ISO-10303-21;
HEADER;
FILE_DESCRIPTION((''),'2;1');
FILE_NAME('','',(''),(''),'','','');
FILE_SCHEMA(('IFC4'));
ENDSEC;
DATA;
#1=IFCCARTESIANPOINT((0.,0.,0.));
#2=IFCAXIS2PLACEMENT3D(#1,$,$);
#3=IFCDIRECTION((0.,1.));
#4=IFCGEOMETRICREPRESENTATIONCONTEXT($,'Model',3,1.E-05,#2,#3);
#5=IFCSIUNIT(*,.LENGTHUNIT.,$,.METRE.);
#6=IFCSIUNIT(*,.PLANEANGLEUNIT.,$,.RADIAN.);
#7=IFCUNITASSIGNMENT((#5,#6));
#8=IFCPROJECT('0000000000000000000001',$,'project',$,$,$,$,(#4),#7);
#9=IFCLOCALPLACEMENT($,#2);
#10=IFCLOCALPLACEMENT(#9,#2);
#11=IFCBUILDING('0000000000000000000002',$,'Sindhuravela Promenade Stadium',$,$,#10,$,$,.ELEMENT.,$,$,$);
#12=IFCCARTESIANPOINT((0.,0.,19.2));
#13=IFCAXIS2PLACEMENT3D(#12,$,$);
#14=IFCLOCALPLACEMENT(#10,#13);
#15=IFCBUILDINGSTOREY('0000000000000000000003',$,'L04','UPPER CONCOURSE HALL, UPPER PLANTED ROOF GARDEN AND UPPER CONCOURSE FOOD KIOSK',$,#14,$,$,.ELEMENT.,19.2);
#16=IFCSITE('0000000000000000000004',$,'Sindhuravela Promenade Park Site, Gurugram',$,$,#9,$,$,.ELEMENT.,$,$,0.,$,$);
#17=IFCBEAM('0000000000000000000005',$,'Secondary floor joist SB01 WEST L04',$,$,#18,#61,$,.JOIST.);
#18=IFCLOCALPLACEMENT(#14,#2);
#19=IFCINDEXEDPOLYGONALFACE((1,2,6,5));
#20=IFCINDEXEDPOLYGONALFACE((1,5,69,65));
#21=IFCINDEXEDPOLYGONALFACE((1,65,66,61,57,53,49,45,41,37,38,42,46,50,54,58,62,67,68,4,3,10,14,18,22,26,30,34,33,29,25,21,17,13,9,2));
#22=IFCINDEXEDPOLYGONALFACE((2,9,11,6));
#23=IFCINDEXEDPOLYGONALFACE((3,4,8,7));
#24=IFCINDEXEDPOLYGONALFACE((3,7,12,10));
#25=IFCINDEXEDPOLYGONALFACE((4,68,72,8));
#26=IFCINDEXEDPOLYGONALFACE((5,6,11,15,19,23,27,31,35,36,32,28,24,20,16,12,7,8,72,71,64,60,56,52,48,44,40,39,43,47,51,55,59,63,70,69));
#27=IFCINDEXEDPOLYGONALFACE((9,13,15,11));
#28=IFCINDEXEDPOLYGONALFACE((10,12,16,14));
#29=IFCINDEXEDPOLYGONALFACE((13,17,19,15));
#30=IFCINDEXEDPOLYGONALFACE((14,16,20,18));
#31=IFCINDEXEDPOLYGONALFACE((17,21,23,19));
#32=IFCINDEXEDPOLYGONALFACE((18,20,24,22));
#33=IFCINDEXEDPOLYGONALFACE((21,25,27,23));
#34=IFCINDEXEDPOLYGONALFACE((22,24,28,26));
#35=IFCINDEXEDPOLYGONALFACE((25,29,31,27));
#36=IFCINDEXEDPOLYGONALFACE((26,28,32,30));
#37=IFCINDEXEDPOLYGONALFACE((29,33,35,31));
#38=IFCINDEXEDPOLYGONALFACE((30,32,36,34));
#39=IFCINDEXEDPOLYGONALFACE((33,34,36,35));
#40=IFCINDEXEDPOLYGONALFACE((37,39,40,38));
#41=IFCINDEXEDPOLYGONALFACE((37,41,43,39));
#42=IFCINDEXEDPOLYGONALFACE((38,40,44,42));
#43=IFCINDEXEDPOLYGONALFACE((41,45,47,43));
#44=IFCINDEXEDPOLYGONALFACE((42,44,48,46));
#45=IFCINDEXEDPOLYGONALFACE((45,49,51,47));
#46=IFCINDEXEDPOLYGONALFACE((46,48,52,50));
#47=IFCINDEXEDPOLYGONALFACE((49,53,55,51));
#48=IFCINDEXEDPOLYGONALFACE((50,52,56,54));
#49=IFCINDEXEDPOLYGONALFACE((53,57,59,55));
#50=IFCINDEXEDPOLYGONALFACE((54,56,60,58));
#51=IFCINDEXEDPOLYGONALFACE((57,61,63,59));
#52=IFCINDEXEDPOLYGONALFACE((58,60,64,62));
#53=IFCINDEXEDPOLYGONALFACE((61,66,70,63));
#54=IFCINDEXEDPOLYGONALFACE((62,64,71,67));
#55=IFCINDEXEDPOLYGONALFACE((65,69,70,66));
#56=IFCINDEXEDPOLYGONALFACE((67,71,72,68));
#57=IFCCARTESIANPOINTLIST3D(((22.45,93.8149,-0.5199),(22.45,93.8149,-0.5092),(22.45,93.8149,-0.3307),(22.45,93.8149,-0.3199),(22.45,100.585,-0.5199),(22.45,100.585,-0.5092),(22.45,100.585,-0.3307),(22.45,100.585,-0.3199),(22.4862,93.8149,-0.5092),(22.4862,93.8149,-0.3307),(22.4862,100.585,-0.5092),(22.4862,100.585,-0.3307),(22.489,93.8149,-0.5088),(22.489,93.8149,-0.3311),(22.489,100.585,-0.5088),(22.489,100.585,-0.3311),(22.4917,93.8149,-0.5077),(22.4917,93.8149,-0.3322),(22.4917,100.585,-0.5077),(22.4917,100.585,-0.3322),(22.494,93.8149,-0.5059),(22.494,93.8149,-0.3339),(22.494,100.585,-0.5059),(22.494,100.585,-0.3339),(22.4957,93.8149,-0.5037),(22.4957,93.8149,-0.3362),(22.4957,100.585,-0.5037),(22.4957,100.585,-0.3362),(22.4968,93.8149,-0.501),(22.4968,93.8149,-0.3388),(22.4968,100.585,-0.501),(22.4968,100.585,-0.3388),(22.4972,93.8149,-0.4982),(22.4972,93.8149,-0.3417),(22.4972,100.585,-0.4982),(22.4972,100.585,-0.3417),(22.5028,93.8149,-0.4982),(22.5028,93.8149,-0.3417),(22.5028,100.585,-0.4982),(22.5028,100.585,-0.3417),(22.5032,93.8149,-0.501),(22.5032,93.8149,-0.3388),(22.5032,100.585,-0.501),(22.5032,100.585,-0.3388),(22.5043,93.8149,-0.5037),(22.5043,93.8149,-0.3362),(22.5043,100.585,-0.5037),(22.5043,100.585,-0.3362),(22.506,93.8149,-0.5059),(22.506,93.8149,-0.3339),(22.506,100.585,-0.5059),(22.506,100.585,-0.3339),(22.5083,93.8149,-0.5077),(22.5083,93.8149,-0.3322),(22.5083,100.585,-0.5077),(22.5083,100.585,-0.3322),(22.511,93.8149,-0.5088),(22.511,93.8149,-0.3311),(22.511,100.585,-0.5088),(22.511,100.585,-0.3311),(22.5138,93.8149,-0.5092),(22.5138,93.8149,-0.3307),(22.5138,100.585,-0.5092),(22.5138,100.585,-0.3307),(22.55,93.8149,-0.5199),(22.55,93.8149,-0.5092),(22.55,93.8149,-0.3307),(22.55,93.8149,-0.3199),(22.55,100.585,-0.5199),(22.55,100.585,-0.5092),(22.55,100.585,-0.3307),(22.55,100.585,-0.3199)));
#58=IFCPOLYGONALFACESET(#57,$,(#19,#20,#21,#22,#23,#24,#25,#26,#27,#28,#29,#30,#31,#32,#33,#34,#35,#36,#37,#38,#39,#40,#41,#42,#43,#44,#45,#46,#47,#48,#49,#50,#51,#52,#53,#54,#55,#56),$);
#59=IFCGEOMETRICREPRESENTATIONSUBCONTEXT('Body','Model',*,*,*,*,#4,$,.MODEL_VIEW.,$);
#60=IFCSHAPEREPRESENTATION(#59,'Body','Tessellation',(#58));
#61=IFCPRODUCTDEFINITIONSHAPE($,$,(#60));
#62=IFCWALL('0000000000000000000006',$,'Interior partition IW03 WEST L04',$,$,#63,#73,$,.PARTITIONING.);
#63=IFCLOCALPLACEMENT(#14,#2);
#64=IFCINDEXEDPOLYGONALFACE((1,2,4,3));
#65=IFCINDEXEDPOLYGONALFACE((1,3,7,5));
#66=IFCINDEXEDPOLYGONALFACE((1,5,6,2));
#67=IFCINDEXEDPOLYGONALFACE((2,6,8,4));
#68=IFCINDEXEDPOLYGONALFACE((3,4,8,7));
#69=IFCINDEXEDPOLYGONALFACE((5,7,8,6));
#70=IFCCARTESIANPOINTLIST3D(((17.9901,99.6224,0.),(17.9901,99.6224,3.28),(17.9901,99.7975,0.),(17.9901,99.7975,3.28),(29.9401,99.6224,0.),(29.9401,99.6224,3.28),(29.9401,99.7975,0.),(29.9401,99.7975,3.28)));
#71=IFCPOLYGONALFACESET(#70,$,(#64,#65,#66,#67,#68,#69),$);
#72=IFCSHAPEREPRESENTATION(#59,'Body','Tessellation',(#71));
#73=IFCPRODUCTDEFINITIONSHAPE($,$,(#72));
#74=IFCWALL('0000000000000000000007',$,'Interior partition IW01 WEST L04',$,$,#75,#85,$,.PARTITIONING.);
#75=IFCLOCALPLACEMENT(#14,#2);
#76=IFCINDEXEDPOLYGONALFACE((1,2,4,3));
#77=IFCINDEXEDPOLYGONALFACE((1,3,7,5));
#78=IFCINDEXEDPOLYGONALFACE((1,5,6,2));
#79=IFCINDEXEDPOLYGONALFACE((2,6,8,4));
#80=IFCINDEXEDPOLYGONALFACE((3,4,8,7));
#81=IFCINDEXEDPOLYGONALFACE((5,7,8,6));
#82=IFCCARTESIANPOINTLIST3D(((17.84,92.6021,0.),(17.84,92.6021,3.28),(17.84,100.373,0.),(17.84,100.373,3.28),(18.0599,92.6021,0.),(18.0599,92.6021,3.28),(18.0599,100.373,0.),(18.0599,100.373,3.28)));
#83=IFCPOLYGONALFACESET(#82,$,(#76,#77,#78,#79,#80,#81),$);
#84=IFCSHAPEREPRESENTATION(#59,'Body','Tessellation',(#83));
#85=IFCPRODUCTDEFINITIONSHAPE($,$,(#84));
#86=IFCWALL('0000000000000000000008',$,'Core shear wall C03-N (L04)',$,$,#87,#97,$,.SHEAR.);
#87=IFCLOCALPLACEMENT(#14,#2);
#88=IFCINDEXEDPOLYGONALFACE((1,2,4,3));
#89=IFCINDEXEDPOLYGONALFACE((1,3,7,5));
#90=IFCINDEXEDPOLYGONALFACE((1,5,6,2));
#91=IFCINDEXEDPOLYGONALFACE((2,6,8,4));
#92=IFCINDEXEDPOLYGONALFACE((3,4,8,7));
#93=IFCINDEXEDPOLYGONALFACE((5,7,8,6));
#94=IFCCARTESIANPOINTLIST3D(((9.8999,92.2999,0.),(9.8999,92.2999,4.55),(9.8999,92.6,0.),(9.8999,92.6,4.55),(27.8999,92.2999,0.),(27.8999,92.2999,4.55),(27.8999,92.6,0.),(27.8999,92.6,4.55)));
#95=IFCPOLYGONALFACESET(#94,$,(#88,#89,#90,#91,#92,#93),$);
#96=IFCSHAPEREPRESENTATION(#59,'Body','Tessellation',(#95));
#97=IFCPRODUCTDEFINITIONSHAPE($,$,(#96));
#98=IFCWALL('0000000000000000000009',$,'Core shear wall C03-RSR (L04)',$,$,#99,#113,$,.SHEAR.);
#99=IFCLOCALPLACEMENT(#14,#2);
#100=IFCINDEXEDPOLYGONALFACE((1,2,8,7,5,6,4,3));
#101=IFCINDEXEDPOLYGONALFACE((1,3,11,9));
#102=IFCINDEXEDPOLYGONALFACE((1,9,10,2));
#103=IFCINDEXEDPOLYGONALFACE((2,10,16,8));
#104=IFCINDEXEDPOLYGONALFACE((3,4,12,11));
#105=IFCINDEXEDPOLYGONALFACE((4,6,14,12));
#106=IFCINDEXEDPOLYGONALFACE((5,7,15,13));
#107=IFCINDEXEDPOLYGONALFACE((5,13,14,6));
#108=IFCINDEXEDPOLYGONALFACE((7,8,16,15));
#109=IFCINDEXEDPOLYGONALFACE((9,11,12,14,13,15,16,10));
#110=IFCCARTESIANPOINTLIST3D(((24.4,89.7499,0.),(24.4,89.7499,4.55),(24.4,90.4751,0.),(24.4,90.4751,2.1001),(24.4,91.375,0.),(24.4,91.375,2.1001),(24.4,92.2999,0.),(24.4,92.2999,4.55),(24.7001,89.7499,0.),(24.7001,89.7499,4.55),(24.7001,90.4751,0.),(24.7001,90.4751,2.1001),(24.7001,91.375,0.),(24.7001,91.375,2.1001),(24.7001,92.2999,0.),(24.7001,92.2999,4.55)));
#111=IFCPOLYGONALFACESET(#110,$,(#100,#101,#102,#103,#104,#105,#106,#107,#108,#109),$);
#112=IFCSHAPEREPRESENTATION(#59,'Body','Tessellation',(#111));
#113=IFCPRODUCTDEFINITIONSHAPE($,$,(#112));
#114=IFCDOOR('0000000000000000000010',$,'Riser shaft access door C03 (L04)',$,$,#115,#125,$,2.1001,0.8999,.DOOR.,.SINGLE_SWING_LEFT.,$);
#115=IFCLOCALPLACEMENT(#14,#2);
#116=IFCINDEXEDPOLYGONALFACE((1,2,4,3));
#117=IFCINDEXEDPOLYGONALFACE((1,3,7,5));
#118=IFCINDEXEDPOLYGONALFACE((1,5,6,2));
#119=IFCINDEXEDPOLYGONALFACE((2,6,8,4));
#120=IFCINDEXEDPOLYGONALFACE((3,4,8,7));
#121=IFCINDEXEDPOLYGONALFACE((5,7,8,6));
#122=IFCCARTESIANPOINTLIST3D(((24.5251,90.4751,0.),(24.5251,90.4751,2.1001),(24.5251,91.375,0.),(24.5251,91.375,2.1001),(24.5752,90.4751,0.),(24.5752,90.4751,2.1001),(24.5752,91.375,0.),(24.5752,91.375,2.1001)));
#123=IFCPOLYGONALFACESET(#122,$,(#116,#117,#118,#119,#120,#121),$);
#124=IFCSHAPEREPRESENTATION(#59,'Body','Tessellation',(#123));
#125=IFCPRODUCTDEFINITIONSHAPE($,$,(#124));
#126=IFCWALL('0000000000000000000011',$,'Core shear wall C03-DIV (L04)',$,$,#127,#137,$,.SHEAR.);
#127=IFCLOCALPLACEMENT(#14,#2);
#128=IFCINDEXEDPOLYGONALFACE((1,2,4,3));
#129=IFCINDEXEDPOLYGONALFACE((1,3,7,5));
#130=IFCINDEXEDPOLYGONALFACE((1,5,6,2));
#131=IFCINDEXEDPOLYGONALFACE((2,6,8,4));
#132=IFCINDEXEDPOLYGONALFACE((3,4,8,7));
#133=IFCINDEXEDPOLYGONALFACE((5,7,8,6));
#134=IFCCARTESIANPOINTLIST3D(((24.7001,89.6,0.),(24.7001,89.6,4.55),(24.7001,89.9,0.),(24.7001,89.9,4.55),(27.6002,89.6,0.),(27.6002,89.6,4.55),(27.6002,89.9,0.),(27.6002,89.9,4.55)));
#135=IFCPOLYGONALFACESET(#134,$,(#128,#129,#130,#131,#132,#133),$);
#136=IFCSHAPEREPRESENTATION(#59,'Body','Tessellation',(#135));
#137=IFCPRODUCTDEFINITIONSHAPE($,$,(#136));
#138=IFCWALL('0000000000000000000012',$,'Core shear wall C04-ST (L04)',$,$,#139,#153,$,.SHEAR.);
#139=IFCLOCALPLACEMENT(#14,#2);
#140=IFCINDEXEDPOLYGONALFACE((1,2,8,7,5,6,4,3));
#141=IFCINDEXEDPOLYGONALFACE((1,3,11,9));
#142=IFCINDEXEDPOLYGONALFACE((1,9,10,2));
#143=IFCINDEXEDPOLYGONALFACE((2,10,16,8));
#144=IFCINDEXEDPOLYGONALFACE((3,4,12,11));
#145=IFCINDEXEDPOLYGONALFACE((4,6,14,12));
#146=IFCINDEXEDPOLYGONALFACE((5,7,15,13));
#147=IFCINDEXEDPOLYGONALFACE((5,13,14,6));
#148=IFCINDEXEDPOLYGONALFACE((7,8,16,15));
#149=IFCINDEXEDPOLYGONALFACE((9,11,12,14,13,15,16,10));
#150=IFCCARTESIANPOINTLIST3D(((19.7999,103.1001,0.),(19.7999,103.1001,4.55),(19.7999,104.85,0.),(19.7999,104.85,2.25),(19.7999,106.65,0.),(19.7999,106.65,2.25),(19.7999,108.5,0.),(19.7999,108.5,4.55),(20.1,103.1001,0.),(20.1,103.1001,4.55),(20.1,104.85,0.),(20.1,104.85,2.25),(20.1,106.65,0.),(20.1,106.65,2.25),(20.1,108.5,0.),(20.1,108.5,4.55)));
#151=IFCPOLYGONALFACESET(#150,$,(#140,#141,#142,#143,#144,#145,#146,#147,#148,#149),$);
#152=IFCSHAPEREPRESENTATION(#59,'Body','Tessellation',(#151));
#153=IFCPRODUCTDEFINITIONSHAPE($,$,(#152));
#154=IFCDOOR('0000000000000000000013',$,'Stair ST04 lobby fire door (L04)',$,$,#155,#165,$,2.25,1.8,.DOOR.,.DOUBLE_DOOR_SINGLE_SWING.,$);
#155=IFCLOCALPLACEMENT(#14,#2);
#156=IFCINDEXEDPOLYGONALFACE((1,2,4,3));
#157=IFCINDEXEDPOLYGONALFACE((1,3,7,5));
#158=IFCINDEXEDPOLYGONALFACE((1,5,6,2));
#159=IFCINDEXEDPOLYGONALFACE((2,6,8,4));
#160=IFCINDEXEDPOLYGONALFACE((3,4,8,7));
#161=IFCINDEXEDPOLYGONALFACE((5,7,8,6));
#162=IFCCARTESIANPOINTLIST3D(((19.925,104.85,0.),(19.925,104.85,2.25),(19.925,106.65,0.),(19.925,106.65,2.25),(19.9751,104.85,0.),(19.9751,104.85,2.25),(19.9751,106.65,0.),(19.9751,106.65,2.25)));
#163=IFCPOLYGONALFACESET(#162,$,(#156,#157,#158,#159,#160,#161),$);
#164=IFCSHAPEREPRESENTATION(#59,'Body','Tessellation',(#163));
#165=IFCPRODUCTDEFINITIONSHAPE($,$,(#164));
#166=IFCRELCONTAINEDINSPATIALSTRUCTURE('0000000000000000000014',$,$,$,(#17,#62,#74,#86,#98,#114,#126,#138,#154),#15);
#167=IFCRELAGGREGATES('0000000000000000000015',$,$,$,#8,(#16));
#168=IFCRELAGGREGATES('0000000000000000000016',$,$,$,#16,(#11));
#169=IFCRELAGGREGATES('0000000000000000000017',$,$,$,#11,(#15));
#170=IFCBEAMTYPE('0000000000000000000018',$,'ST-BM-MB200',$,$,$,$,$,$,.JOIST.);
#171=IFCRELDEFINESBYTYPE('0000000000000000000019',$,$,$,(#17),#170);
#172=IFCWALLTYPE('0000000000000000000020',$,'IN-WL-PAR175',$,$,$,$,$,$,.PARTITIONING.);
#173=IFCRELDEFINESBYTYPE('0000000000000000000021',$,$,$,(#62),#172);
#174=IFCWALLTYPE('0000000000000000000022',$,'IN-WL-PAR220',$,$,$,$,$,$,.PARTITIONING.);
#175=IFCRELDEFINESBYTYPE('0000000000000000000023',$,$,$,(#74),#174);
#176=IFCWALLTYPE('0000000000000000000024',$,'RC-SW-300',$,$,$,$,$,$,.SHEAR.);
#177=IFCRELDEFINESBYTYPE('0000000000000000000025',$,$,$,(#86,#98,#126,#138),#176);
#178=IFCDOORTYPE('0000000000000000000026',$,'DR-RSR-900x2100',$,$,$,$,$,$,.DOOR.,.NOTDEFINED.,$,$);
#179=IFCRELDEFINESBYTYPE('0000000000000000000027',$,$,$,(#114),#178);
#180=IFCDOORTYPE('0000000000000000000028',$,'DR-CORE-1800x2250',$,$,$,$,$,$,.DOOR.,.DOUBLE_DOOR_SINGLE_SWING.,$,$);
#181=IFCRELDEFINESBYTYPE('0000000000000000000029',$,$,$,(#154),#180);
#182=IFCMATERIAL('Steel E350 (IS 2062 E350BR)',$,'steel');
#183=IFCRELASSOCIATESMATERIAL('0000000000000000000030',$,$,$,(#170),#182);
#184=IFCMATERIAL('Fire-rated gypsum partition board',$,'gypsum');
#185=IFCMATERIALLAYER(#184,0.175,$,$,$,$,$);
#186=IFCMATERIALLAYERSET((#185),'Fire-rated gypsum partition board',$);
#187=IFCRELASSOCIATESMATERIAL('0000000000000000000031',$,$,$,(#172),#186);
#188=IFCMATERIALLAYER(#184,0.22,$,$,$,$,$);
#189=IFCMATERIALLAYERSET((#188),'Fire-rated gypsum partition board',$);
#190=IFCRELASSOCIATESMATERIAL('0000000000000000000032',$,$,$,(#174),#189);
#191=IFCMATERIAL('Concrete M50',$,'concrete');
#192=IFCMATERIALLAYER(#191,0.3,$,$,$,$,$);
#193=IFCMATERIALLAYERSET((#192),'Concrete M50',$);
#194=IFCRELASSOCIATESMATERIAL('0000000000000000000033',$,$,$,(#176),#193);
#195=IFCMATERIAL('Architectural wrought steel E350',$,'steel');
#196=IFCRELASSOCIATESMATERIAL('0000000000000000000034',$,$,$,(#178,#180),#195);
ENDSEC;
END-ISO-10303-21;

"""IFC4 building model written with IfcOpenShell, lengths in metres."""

from ifc_helpers import new_model, si_unit, direction, frame, frame_2d, origin, origin_2d, place, context, subcontext, project, spatial, rectangle, i_section, extrude, material, layer, layer_set, material_profile, profile_set, type_object, element, fill, save


model = new_model("IFC4")

# Units and contexts
model_context = context("Model", 3, precision=1e-05, world=origin(), true_north=direction((0.0, 1.0)))
body_context = subcontext(model_context, "Body", "Model", "MODEL_VIEW")
ifc_project = project(units=[si_unit("LENGTHUNIT", "METRE"), si_unit("PLANEANGLEUNIT", "RADIAN")], contexts=[model_context])

# Site, building, storey
site_placement = place(None, origin())
site = spatial("IfcSite", under=ifc_project, at=site_placement, Name="Sindhuravela Promenade Park Site, Gurugram", CompositionType="ELEMENT", RefElevation=0.0)
building_placement = place(site_placement, origin())
building = spatial("IfcBuilding", under=site, at=building_placement, Name="Sindhuravela Promenade Stadium", CompositionType="ELEMENT")
storey_placement = place(building_placement, frame((0.0, 0.0, 19.2)))
storey = spatial("IfcBuildingStorey", under=building, at=storey_placement, Name="L04", Description="UPPER CONCOURSE HALL, UPPER PLANTED ROOF GARDEN AND UPPER CONCOURSE FOOD KIOSK", CompositionType="ELEMENT", Elevation=19.2)

# Beam
ifc_material_1 = material(Name="Concrete M50", Category="concrete")
ifc_material_2 = material(Name="Steel E350 (IS 2062 E350BR)", Category="steel")
ifc_material_profile_1 = material_profile(ifc_material_2, i_section(OverallWidth=0.1001, OverallDepth=0.2, WebThickness=0.0056, FlangeThickness=0.0107, FilletRadius=0.011, at=origin_2d()), Name="ISMB 200")
ifc_profile_set_1 = profile_set([ifc_material_profile_1], Name="Steel E350 (IS 2062 E350BR)")
beam_type_1 = type_object("IfcBeamType", Name="ST-BM-MB200", PredefinedType="JOIST", material=ifc_profile_set_1)
beam_1_placement = place(storey_placement, frame((22.5, 93.8149, -0.4199), z_axis=(0.0, 1.0, 0.0), x_axis=(-1.0, 0.0, 0.0)))
element("IfcBeam", 1, at=beam_1_placement, inside=storey, type_object=beam_type_1, Name="Secondary floor joist SB01 WEST L04", PredefinedType="JOIST", context=body_context, shape_type="SweptSolid", body=[
    extrude(i_section(OverallWidth=0.1001, OverallDepth=0.2, WebThickness=0.0056, FlangeThickness=0.0107, FilletRadius=0.011, at=origin_2d()), origin(), (0.0, 0.0, 1.0), 6.77),
])

# Walls
ifc_material_3 = material(Name="Fire-rated gypsum partition board", Category="gypsum")
ifc_layer_1 = layer(ifc_material_3, 0.175)
ifc_layer_set_1 = layer_set([ifc_layer_1], Name="Fire-rated gypsum partition board")
wall_type_1 = type_object("IfcWallType", Name="IN-WL-PAR175", PredefinedType="PARTITIONING", material=ifc_layer_set_1)
wall_1_placement = place(storey_placement, frame((17.99, 99.71, 0.0), z_axis=(0.0, 0.0, 1.0), x_axis=(1.0, 0.0, 0.0)))
element("IfcWall", 2, at=wall_1_placement, inside=storey, type_object=wall_type_1, Name="Interior partition IW03 WEST L04", PredefinedType="PARTITIONING", context=body_context, shape_type="SweptSolid", body=[
    extrude(rectangle(XDim=11.95, YDim=0.175, at=frame_2d((5.9751, 0.0))), origin(), (0.0, 0.0, 1.0), 3.28),
])
ifc_layer_2 = layer(ifc_material_3, 0.22)
ifc_layer_set_2 = layer_set([ifc_layer_2], Name="Fire-rated gypsum partition board")
wall_type_2 = type_object("IfcWallType", Name="IN-WL-PAR220", PredefinedType="PARTITIONING", material=ifc_layer_set_2)
wall_2_placement = place(storey_placement, frame((17.95, 100.373, 0.0), z_axis=(0.0, 0.0, 1.0), x_axis=(0.0, -1.0, 0.0)))
element("IfcWall", 3, at=wall_2_placement, inside=storey, type_object=wall_type_2, Name="Interior partition IW01 WEST L04", PredefinedType="PARTITIONING", context=body_context, shape_type="SweptSolid", body=[
    extrude(rectangle(XDim=7.771, YDim=0.22, at=frame_2d((3.8855, 0.0))), origin(), (0.0, 0.0, 1.0), 3.28),
])
ifc_layer_3 = layer(ifc_material_1, 0.3)
ifc_layer_set_3 = layer_set([ifc_layer_3], Name="Concrete M50")
wall_type_3 = type_object("IfcWallType", Name="RC-SW-300", PredefinedType="SHEAR", material=ifc_layer_set_3)
wall_3_placement = place(storey_placement, frame((27.8999, 92.45, 0.0), z_axis=(0.0, 0.0, 1.0), x_axis=(-1.0, 0.0, 0.0)))
element("IfcWall", 4, at=wall_3_placement, inside=storey, type_object=wall_type_3, Name="Core shear wall C03-N (L04)", PredefinedType="SHEAR", context=body_context, shape_type="SweptSolid", body=[
    extrude(rectangle(XDim=18.0, YDim=0.3, at=frame_2d((9.0, 0.0))), origin(), (0.0, 0.0, 1.0), 4.55),
])

# Wall, opening, door
wall_4_placement = place(storey_placement, frame((24.55, 89.75, 0.0), z_axis=(0.0, 0.0, 1.0), x_axis=(0.0, 1.0, 0.0)))
wall_4 = element("IfcWall", 5, at=wall_4_placement, inside=storey, type_object=wall_type_3, Name="Core shear wall C03-RSR (L04)", PredefinedType="SHEAR", context=body_context, shape_type="SweptSolid", body=[
    extrude(rectangle(XDim=2.55, YDim=0.3, at=frame_2d((1.2749, 0.0))), origin(), (0.0, 0.0, 1.0), 4.55),
])
opening_1_placement = place(wall_4_placement, frame((0.7251, 0.0, 0.0)))
opening_1 = element("IfcOpeningElement", 6, at=opening_1_placement, cuts=wall_4, PredefinedType="OPENING", context=body_context, shape_type="SweptSolid", body=[
    extrude(rectangle(XDim=0.8999, YDim=2.1001, at=frame_2d((0.45, 1.05))), frame((0.0, 0.1599, 0.0), z_axis=(0.0, -1.0, 0.0), x_axis=(1.0, 0.0, 0.0)), (0.0, 0.0, 1.0), 0.3201),
])
ifc_material_4 = material(Name="Architectural wrought steel E350", Category="steel")
door_type_1 = type_object("IfcDoorType", Name="DR-RSR-900x2100", OperationType="NOTDEFINED", PredefinedType="DOOR", material=ifc_material_4)
door_1_placement = place(opening_1_placement, origin())
door_1 = element("IfcDoor", 7, at=door_1_placement, inside=storey, type_object=door_type_1, Name="Riser shaft access door C03 (L04)", OperationType="SINGLE_SWING_LEFT", OverallHeight=2.1001, OverallWidth=0.8999, PredefinedType="DOOR", context=body_context, shape_type="SweptSolid", body=[
    extrude(rectangle(XDim=0.8999, YDim=2.1001, at=frame_2d((0.45, 1.05))), frame((0.0, 0.0249, 0.0), z_axis=(0.0, -1.0, 0.0), x_axis=(1.0, 0.0, 0.0)), (0.0, 0.0, 1.0), 0.05),
])
fill(opening_1, door_1)

# Wall
wall_5_placement = place(storey_placement, frame((24.7, 89.75, 0.0), z_axis=(0.0, 0.0, 1.0), x_axis=(1.0, 0.0, 0.0)))
element("IfcWall", 8, at=wall_5_placement, inside=storey, type_object=wall_type_3, Name="Core shear wall C03-DIV (L04)", PredefinedType="SHEAR", context=body_context, shape_type="SweptSolid", body=[
    extrude(rectangle(XDim=2.9001, YDim=0.3, at=frame_2d((1.4502, 0.0))), origin(), (0.0, 0.0, 1.0), 4.55),
])

# Wall, opening, door
wall_6_placement = place(storey_placement, frame((19.95, 103.1001, 0.0), z_axis=(0.0, 0.0, 1.0), x_axis=(0.0, 1.0, 0.0)))
wall_6 = element("IfcWall", 9, at=wall_6_placement, inside=storey, type_object=wall_type_3, Name="Core shear wall C04-ST (L04)", PredefinedType="SHEAR", context=body_context, shape_type="SweptSolid", body=[
    extrude(rectangle(XDim=5.3999, YDim=0.3, at=frame_2d((2.7, 0.0))), origin(), (0.0, 0.0, 1.0), 4.55),
])
opening_2_placement = place(wall_6_placement, frame((1.75, 0.0, 0.0)))
opening_2 = element("IfcOpeningElement", 10, at=opening_2_placement, cuts=wall_6, PredefinedType="OPENING", context=body_context, shape_type="SweptSolid", body=[
    extrude(rectangle(XDim=1.8, YDim=2.25, at=frame_2d((0.8999, 1.125))), frame((0.0, 0.1599, 0.0), z_axis=(0.0, -1.0, 0.0), x_axis=(1.0, 0.0, 0.0)), (0.0, 0.0, 1.0), 0.3201),
])
door_type_2 = type_object("IfcDoorType", Name="DR-CORE-1800x2250", OperationType="DOUBLE_DOOR_SINGLE_SWING", PredefinedType="DOOR", material=ifc_material_4)
door_2_placement = place(opening_2_placement, origin())
door_2 = element("IfcDoor", 11, at=door_2_placement, inside=storey, type_object=door_type_2, Name="Stair ST04 lobby fire door (L04)", OperationType="DOUBLE_DOOR_SINGLE_SWING", OverallHeight=2.25, OverallWidth=1.8, PredefinedType="DOOR", context=body_context, shape_type="SweptSolid", body=[
    extrude(rectangle(XDim=1.8, YDim=2.25, at=frame_2d((0.8999, 1.125))), frame((0.0, 0.0249, 0.0), z_axis=(0.0, -1.0, 0.0), x_axis=(1.0, 0.0, 0.0)), (0.0, 0.0, 1.0), 0.05),
])
fill(opening_2, door_2)

save(model, "model.ifc")
